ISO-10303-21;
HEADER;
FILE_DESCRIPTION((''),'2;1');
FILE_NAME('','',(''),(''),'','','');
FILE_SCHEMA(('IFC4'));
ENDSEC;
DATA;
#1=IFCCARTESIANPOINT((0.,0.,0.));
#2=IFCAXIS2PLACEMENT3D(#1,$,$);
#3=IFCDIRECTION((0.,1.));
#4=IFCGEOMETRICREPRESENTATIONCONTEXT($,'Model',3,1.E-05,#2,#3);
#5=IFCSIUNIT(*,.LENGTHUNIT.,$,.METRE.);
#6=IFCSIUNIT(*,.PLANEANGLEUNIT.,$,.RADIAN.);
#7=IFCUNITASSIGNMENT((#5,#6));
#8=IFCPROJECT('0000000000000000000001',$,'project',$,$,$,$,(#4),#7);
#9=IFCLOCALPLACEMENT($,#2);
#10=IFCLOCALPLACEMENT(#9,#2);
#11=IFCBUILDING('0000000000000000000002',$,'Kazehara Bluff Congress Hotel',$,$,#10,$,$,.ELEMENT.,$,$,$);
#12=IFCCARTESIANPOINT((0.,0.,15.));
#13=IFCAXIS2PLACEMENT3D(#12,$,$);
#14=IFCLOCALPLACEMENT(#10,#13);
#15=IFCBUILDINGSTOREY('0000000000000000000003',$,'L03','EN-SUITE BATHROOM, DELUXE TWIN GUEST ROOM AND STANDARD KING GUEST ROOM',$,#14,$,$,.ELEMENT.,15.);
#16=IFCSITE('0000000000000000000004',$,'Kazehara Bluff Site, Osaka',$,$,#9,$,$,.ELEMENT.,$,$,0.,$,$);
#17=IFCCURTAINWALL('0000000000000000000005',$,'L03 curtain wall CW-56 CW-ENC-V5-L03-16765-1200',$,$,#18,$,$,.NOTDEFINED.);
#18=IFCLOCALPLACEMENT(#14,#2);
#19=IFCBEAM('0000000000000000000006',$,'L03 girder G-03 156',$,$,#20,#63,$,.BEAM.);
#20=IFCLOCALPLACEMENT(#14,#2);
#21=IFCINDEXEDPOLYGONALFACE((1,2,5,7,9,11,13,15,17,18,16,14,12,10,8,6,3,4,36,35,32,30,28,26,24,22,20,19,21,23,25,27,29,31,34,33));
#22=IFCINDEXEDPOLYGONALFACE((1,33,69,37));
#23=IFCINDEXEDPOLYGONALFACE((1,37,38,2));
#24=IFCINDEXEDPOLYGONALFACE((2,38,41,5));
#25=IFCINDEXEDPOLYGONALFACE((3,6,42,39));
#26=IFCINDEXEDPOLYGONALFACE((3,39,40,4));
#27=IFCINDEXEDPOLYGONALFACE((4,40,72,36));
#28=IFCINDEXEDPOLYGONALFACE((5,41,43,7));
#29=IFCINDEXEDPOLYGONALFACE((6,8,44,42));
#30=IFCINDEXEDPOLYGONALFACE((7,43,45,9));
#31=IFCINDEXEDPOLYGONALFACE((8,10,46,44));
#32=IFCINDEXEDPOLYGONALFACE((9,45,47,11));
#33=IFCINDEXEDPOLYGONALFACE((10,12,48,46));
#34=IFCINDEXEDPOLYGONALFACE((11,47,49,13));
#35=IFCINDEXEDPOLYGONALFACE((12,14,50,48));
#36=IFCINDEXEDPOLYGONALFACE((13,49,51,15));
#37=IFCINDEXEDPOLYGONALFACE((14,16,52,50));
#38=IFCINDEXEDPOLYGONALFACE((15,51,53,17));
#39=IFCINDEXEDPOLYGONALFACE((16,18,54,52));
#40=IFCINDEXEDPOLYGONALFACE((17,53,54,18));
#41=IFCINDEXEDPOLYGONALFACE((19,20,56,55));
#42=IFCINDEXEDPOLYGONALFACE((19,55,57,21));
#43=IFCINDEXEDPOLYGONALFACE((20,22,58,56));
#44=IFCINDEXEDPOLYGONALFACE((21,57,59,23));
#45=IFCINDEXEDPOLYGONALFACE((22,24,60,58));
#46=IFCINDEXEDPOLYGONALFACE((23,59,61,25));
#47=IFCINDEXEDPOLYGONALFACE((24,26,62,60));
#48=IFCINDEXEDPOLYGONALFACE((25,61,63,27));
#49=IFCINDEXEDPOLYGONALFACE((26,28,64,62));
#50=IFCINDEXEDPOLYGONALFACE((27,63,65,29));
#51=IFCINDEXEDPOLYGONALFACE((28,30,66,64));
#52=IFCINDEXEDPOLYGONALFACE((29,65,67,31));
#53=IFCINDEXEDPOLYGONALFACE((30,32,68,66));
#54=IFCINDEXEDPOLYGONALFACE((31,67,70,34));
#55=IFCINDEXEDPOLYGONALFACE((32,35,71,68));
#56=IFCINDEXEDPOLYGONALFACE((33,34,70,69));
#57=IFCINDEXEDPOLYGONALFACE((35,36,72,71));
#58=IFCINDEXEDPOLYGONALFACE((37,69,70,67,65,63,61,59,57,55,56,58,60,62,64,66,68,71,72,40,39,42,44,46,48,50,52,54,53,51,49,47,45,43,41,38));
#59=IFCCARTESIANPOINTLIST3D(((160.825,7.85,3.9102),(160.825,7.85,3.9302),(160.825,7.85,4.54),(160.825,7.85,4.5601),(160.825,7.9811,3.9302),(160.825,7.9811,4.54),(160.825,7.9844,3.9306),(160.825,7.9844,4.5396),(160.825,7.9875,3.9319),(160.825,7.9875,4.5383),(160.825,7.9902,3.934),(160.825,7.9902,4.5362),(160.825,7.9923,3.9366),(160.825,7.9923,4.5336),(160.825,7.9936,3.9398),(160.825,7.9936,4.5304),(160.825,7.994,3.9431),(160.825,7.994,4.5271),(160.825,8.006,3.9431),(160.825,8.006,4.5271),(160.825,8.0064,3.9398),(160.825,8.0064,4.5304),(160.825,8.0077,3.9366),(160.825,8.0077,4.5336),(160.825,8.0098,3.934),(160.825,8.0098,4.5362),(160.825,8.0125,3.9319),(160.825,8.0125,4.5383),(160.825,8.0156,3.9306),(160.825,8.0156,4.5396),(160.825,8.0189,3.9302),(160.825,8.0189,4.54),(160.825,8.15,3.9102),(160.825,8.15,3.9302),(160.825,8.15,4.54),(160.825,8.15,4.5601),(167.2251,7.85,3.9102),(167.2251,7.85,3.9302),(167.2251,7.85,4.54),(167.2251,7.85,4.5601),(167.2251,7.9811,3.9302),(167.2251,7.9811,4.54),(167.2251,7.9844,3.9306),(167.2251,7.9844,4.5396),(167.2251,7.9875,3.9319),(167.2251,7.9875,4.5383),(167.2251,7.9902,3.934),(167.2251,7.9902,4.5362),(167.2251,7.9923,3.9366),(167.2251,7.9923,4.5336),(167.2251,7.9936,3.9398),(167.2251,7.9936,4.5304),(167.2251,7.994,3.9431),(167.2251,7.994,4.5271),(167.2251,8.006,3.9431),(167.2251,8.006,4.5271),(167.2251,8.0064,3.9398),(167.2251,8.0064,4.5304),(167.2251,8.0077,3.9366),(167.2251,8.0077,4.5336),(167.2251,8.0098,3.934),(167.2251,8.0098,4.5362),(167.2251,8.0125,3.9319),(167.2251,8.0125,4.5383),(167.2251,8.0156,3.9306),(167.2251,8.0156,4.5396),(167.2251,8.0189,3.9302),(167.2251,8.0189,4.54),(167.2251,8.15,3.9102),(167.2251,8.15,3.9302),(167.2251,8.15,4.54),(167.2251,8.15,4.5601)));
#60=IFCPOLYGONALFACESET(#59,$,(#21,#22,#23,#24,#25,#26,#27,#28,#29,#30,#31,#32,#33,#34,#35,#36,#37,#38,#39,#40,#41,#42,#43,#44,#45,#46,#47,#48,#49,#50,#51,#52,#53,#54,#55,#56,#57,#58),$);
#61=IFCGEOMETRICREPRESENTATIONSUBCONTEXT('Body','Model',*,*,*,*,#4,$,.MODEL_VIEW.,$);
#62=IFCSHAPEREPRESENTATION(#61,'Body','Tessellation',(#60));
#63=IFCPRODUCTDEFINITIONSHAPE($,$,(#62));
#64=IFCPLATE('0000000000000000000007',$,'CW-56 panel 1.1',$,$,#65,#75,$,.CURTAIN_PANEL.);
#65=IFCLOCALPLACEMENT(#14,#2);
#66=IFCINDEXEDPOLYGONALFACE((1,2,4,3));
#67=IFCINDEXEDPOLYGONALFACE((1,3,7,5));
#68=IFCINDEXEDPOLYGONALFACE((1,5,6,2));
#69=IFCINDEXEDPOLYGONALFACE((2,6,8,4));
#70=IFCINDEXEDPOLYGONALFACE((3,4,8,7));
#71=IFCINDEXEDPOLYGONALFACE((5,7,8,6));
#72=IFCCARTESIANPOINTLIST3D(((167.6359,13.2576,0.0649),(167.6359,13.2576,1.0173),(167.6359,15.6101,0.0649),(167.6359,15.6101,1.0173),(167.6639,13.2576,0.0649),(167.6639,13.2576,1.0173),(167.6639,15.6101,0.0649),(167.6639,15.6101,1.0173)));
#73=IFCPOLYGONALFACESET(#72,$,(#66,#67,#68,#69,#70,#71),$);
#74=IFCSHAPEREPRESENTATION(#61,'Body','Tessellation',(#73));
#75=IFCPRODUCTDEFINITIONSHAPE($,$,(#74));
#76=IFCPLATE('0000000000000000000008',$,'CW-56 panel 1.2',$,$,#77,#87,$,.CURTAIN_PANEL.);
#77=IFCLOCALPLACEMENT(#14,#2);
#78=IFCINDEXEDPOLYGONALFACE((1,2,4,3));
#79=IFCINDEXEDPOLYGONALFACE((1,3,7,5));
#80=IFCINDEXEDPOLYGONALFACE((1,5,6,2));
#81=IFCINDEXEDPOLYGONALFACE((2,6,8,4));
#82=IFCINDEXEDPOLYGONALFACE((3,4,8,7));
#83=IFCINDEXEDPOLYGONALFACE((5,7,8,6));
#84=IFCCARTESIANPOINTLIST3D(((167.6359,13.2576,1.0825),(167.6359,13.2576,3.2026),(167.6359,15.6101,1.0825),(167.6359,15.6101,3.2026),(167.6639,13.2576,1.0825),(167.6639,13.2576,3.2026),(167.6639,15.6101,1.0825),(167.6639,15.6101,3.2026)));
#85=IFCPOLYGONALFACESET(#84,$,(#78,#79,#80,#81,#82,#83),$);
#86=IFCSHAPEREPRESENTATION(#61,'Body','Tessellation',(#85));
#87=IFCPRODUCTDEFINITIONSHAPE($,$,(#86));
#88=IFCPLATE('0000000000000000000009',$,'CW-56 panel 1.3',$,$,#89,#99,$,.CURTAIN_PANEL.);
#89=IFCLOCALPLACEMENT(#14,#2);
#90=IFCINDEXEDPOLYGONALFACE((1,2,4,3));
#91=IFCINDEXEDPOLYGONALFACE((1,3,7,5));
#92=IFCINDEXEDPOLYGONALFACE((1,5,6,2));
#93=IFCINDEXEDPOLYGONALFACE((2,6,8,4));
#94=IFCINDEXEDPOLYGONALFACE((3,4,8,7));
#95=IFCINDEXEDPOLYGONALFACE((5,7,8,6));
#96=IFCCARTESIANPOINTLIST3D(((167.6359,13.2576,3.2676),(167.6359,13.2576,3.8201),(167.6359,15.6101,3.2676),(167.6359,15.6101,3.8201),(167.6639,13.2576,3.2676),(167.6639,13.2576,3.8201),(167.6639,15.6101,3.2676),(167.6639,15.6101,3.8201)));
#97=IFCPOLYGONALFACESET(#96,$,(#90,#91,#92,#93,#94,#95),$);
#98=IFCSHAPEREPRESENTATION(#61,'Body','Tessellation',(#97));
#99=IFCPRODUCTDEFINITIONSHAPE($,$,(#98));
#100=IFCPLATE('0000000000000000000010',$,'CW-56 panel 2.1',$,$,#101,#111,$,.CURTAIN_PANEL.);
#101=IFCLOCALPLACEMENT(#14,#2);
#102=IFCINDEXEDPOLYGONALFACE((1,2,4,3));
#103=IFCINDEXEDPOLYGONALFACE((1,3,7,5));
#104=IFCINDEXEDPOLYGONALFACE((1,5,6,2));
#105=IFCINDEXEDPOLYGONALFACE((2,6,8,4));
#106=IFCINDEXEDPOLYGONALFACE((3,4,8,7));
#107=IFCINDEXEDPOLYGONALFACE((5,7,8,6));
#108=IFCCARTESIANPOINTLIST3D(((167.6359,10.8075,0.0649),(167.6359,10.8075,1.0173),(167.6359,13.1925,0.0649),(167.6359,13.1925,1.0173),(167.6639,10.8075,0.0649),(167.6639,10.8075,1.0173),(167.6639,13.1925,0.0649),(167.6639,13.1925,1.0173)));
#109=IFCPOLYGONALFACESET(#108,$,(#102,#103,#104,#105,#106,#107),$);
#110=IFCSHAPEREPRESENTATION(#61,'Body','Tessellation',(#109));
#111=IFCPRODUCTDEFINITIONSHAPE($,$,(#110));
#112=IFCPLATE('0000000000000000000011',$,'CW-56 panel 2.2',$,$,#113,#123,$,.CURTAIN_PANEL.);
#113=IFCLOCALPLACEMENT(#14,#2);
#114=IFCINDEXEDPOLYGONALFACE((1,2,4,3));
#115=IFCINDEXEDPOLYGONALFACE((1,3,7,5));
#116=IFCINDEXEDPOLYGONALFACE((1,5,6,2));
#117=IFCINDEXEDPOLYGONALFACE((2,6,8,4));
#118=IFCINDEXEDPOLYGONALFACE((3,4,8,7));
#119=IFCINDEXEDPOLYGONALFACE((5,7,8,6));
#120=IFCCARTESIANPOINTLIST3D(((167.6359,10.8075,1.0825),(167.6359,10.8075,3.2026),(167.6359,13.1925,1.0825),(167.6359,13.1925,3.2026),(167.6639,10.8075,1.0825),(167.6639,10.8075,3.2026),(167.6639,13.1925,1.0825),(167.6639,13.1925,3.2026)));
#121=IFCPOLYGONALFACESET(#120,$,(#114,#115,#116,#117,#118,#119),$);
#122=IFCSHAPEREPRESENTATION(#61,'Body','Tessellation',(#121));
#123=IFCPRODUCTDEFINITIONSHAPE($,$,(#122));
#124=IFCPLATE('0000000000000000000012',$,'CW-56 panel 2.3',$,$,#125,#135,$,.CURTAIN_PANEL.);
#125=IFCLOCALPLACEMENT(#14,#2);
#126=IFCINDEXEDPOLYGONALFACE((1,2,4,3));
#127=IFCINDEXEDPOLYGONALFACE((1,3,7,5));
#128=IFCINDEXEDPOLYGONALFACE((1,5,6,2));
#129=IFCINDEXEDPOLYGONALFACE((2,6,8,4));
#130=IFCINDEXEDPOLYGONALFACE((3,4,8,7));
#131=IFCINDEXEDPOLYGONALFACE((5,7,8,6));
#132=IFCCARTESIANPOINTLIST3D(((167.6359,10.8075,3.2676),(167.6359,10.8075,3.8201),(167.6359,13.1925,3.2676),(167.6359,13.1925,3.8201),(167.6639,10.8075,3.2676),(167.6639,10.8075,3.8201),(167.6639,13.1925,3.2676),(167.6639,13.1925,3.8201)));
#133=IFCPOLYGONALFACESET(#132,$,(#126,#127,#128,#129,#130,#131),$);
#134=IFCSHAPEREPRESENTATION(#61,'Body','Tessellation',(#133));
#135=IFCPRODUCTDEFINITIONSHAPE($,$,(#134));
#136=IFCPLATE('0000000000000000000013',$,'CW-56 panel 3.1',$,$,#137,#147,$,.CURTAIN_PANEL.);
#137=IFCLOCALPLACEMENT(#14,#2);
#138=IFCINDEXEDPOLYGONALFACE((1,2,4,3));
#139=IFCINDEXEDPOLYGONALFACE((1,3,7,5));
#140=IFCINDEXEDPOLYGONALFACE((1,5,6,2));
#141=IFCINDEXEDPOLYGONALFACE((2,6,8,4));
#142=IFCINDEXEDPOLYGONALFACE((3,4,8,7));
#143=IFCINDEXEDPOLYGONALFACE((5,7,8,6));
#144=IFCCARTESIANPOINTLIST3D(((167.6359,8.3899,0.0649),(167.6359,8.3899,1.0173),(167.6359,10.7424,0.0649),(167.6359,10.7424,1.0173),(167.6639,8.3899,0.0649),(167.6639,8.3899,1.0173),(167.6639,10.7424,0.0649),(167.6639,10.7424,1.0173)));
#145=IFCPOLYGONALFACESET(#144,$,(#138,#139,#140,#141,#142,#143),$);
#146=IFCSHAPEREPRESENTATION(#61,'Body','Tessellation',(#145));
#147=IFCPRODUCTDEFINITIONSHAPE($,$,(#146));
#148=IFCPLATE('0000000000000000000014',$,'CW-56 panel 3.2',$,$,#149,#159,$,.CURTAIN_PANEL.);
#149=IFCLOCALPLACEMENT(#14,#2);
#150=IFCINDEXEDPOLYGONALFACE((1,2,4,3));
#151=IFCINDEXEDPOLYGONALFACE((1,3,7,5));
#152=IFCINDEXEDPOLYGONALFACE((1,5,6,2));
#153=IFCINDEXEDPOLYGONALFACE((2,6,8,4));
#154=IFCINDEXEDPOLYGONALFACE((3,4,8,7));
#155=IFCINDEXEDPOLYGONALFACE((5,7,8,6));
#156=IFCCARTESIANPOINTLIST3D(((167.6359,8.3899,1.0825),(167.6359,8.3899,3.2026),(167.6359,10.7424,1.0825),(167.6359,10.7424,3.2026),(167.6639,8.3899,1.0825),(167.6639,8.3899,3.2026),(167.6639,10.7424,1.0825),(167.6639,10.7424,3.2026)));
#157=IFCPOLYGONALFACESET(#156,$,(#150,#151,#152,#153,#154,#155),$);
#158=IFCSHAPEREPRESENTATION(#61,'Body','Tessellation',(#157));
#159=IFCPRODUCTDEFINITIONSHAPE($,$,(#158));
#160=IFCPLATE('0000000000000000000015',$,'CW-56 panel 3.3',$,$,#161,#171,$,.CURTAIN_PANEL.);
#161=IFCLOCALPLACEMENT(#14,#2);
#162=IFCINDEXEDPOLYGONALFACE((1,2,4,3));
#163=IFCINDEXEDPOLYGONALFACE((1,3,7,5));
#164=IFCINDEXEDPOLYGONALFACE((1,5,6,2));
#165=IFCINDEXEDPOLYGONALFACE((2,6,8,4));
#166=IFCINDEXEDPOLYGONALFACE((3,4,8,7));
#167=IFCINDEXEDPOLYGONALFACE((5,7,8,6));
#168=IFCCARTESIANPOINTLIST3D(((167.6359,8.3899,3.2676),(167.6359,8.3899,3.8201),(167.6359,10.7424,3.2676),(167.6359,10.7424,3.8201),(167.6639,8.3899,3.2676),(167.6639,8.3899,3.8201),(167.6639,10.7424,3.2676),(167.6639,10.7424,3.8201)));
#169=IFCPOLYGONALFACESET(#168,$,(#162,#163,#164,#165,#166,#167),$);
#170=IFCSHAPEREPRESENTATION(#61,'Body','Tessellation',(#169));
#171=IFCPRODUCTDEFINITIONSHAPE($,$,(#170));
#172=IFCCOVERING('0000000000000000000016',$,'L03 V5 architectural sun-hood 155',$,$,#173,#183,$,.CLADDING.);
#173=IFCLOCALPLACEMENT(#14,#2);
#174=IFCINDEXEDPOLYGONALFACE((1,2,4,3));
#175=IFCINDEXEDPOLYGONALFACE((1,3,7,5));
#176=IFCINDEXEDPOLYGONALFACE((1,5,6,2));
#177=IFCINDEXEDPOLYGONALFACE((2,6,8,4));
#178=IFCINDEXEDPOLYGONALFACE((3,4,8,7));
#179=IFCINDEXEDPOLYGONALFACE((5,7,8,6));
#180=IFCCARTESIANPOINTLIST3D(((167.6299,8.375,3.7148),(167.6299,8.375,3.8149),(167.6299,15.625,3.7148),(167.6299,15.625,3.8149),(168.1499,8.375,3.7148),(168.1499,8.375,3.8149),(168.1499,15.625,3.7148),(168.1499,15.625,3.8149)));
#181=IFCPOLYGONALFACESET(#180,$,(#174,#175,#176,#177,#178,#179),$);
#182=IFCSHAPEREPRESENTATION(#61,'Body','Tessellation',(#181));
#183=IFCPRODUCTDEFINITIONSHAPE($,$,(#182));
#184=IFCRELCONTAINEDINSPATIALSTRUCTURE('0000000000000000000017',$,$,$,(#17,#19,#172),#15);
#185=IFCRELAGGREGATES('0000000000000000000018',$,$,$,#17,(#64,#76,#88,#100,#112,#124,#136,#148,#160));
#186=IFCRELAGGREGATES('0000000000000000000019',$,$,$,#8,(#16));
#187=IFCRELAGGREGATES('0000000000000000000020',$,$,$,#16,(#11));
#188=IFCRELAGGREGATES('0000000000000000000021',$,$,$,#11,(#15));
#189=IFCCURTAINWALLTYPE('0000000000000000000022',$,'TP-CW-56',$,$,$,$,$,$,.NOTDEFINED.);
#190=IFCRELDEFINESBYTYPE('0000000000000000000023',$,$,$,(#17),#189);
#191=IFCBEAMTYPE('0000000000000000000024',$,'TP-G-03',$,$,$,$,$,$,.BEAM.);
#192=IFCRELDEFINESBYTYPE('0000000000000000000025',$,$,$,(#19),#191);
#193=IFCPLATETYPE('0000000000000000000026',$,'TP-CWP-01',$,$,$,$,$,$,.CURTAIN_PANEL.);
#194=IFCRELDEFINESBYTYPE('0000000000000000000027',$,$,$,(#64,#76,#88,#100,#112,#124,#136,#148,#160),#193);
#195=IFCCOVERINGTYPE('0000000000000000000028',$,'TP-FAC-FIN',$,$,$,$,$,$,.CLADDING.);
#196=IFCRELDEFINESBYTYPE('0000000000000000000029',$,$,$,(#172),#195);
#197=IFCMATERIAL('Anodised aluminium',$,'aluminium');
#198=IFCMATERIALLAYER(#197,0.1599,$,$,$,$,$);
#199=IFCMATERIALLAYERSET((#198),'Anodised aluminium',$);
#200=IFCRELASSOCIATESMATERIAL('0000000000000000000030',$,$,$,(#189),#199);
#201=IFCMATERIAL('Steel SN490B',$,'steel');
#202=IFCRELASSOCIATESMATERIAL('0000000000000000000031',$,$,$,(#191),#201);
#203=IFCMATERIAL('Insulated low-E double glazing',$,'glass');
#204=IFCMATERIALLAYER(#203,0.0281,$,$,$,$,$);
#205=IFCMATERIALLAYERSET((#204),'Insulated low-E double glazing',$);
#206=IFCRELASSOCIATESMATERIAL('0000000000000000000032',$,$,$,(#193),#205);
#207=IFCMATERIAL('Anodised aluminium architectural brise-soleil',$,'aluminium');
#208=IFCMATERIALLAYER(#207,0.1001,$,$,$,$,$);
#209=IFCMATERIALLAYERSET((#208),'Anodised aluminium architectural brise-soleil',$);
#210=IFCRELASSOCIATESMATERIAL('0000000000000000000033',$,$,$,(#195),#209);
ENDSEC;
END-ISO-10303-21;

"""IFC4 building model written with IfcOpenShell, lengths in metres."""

from ifc_helpers import new_model, si_unit, direction, frame, origin, origin_2d, place, context, subcontext, project, spatial, rectangle, i_section, extrude, material, layer, layer_set, material_profile, profile_set, type_object, element, aggregate, save


model = new_model("IFC4")

# Units and contexts
model_context = context("Model", 3, precision=1e-05, world=origin(), true_north=direction((0.0, 1.0)))
body_context = subcontext(model_context, "Body", "Model", "MODEL_VIEW")
ifc_project = project(units=[si_unit("LENGTHUNIT", "METRE"), si_unit("PLANEANGLEUNIT", "RADIAN")], contexts=[model_context])

# Site, building, storey
site_placement = place(None, origin())
site = spatial("IfcSite", under=ifc_project, at=site_placement, Name="Kazehara Bluff Site, Osaka", CompositionType="ELEMENT", RefElevation=0.0)
building_placement = place(site_placement, origin())
building = spatial("IfcBuilding", under=site, at=building_placement, Name="Kazehara Bluff Congress Hotel", CompositionType="ELEMENT")
storey_placement = place(building_placement, frame((0.0, 0.0, 15.0)))
storey = spatial("IfcBuildingStorey", under=building, at=storey_placement, Name="L03", Description="EN-SUITE BATHROOM, DELUXE TWIN GUEST ROOM AND STANDARD KING GUEST ROOM", CompositionType="ELEMENT", Elevation=15.0)

# Curtain wall
ifc_material_1 = material(Name="Anodised aluminium", Category="aluminium")
ifc_layer_1 = layer(ifc_material_1, 0.1599)
ifc_layer_set_1 = layer_set([ifc_layer_1], Name="Anodised aluminium")
curtain_wall_type_1 = type_object("IfcCurtainWallType", Name="TP-CW-56", PredefinedType="NOTDEFINED", material=ifc_layer_set_1)
curtain_wall_1_placement = place(storey_placement, origin())
curtain_wall_1 = element("IfcCurtainWall", 1, at=curtain_wall_1_placement, inside=storey, type_object=curtain_wall_type_1, Name="L03 curtain wall CW-56 CW-ENC-V5-L03-16765-1200", PredefinedType="NOTDEFINED")

# Beam
ifc_material_2 = material(Name="Steel SN490B", Category="steel")
ifc_material_profile_1 = material_profile(ifc_material_2, i_section(OverallWidth=0.3, OverallDepth=0.6499, WebThickness=0.012, FlangeThickness=0.02, FilletRadius=0.0129, at=origin_2d()))
ifc_profile_set_1 = profile_set([ifc_material_profile_1], Name="Steel SN490B")
beam_type = type_object("IfcBeamType", Name="TP-G-03", PredefinedType="BEAM", material=ifc_profile_set_1)
beam_1_placement = place(storey_placement, frame((160.825, 8.0, 4.2351), z_axis=(1.0, 0.0, 0.0), x_axis=(0.0, 1.0, 0.0)))
element("IfcBeam", 2, at=beam_1_placement, inside=storey, type_object=beam_type, Name="L03 girder G-03 156", PredefinedType="BEAM", context=body_context, shape_type="SweptSolid", body=[
    extrude(i_section(OverallWidth=0.3, OverallDepth=0.6499, WebThickness=0.012, FlangeThickness=0.02, FilletRadius=0.0129, at=origin_2d()), origin(), (0.0, 0.0, 1.0), 6.4001),
])

# Plates
ifc_material_3 = material(Name="Insulated low-E double glazing", Category="glass")
ifc_layer_2 = layer(ifc_material_3, 0.0281)
ifc_layer_set_2 = layer_set([ifc_layer_2], Name="Insulated low-E double glazing")
plate_type = type_object("IfcPlateType", Name="TP-CWP-01", PredefinedType="CURTAIN_PANEL", material=ifc_layer_set_2)
plate_1_placement = place(storey_placement, frame((167.6499, 14.4338, 0.0649), z_axis=(0.0, 0.0, 1.0), x_axis=(0.0, -1.0, 0.0)))
plate_1 = element("IfcPlate", 3, at=plate_1_placement, type_object=plate_type, Name="CW-56 panel 1.1", PredefinedType="CURTAIN_PANEL", context=body_context, shape_type="SweptSolid", body=[
    extrude(rectangle(XDim=2.3525, YDim=0.0281, at=origin_2d()), origin(), (0.0, 0.0, 1.0), 0.9524),
])
plate_2_placement = place(storey_placement, frame((167.6499, 14.4338, 1.0825), z_axis=(0.0, 0.0, 1.0), x_axis=(0.0, -1.0, 0.0)))
plate_2 = element("IfcPlate", 4, at=plate_2_placement, type_object=plate_type, Name="CW-56 panel 1.2", PredefinedType="CURTAIN_PANEL", context=body_context, shape_type="SweptSolid", body=[
    extrude(rectangle(XDim=2.3525, YDim=0.0281, at=origin_2d()), origin(), (0.0, 0.0, 1.0), 2.1201),
])
plate_3_placement = place(storey_placement, frame((167.6499, 14.4338, 3.2676), z_axis=(0.0, 0.0, 1.0), x_axis=(0.0, -1.0, 0.0)))
plate_3 = element("IfcPlate", 5, at=plate_3_placement, type_object=plate_type, Name="CW-56 panel 1.3", PredefinedType="CURTAIN_PANEL", context=body_context, shape_type="SweptSolid", body=[
    extrude(rectangle(XDim=2.3525, YDim=0.0281, at=origin_2d()), origin(), (0.0, 0.0, 1.0), 0.5525),
])
plate_4_placement = place(storey_placement, frame((167.6499, 12.0, 0.0649), z_axis=(0.0, 0.0, 1.0), x_axis=(0.0, -1.0, 0.0)))
plate_4 = element("IfcPlate", 6, at=plate_4_placement, type_object=plate_type, Name="CW-56 panel 2.1", PredefinedType="CURTAIN_PANEL", context=body_context, shape_type="SweptSolid", body=[
    extrude(rectangle(XDim=2.385, YDim=0.0281, at=origin_2d()), origin(), (0.0, 0.0, 1.0), 0.9524),
])
plate_5_placement = place(storey_placement, frame((167.6499, 12.0, 1.0825), z_axis=(0.0, 0.0, 1.0), x_axis=(0.0, -1.0, 0.0)))
plate_5 = element("IfcPlate", 7, at=plate_5_placement, type_object=plate_type, Name="CW-56 panel 2.2", PredefinedType="CURTAIN_PANEL", context=body_context, shape_type="SweptSolid", body=[
    extrude(rectangle(XDim=2.385, YDim=0.0281, at=origin_2d()), origin(), (0.0, 0.0, 1.0), 2.1201),
])
plate_6_placement = place(storey_placement, frame((167.6499, 12.0, 3.2676), z_axis=(0.0, 0.0, 1.0), x_axis=(0.0, -1.0, 0.0)))
plate_6 = element("IfcPlate", 8, at=plate_6_placement, type_object=plate_type, Name="CW-56 panel 2.3", PredefinedType="CURTAIN_PANEL", context=body_context, shape_type="SweptSolid", body=[
    extrude(rectangle(XDim=2.385, YDim=0.0281, at=origin_2d()), origin(), (0.0, 0.0, 1.0), 0.5525),
])
plate_7_placement = place(storey_placement, frame((167.6499, 9.5662, 0.0649), z_axis=(0.0, 0.0, 1.0), x_axis=(0.0, -1.0, 0.0)))
plate_7 = element("IfcPlate", 9, at=plate_7_placement, type_object=plate_type, Name="CW-56 panel 3.1", PredefinedType="CURTAIN_PANEL", context=body_context, shape_type="SweptSolid", body=[
    extrude(rectangle(XDim=2.3525, YDim=0.0281, at=origin_2d()), origin(), (0.0, 0.0, 1.0), 0.9524),
])
plate_8_placement = place(storey_placement, frame((167.6499, 9.5662, 1.0825), z_axis=(0.0, 0.0, 1.0), x_axis=(0.0, -1.0, 0.0)))
plate_8 = element("IfcPlate", 10, at=plate_8_placement, type_object=plate_type, Name="CW-56 panel 3.2", PredefinedType="CURTAIN_PANEL", context=body_context, shape_type="SweptSolid", body=[
    extrude(rectangle(XDim=2.3525, YDim=0.0281, at=origin_2d()), origin(), (0.0, 0.0, 1.0), 2.1201),
])
plate_9_placement = place(storey_placement, frame((167.6499, 9.5662, 3.2676), z_axis=(0.0, 0.0, 1.0), x_axis=(0.0, -1.0, 0.0)))
plate_9 = element("IfcPlate", 11, at=plate_9_placement, type_object=plate_type, Name="CW-56 panel 3.3", PredefinedType="CURTAIN_PANEL", context=body_context, shape_type="SweptSolid", body=[
    extrude(rectangle(XDim=2.3525, YDim=0.0281, at=origin_2d()), origin(), (0.0, 0.0, 1.0), 0.5525),
])
aggregate(curtain_wall_1, [plate_1, plate_2, plate_3, plate_4, plate_5, plate_6, plate_7, plate_8, plate_9])

# Covering
ifc_material_4 = material(Name="Anodised aluminium architectural brise-soleil", Category="aluminium")
ifc_layer_3 = layer(ifc_material_4, 0.1001)
ifc_layer_set_3 = layer_set([ifc_layer_3], Name="Anodised aluminium architectural brise-soleil")
covering_type = type_object("IfcCoveringType", Name="TP-FAC-FIN", PredefinedType="CLADDING", material=ifc_layer_set_3)
covering_placement = place(storey_placement, frame((167.8899, 12.0, 3.7148), z_axis=(0.0, 0.0, 1.0), x_axis=(1.0, 0.0, 0.0)))
element("IfcCovering", 12, at=covering_placement, inside=storey, type_object=covering_type, Name="L03 V5 architectural sun-hood 155", PredefinedType="CLADDING", context=body_context, shape_type="SweptSolid", body=[
    extrude(rectangle(XDim=0.52, YDim=7.25, at=origin_2d()), origin(), (0.0, 0.0, 1.0), 0.1001),
])

save(model, "model.ifc")
